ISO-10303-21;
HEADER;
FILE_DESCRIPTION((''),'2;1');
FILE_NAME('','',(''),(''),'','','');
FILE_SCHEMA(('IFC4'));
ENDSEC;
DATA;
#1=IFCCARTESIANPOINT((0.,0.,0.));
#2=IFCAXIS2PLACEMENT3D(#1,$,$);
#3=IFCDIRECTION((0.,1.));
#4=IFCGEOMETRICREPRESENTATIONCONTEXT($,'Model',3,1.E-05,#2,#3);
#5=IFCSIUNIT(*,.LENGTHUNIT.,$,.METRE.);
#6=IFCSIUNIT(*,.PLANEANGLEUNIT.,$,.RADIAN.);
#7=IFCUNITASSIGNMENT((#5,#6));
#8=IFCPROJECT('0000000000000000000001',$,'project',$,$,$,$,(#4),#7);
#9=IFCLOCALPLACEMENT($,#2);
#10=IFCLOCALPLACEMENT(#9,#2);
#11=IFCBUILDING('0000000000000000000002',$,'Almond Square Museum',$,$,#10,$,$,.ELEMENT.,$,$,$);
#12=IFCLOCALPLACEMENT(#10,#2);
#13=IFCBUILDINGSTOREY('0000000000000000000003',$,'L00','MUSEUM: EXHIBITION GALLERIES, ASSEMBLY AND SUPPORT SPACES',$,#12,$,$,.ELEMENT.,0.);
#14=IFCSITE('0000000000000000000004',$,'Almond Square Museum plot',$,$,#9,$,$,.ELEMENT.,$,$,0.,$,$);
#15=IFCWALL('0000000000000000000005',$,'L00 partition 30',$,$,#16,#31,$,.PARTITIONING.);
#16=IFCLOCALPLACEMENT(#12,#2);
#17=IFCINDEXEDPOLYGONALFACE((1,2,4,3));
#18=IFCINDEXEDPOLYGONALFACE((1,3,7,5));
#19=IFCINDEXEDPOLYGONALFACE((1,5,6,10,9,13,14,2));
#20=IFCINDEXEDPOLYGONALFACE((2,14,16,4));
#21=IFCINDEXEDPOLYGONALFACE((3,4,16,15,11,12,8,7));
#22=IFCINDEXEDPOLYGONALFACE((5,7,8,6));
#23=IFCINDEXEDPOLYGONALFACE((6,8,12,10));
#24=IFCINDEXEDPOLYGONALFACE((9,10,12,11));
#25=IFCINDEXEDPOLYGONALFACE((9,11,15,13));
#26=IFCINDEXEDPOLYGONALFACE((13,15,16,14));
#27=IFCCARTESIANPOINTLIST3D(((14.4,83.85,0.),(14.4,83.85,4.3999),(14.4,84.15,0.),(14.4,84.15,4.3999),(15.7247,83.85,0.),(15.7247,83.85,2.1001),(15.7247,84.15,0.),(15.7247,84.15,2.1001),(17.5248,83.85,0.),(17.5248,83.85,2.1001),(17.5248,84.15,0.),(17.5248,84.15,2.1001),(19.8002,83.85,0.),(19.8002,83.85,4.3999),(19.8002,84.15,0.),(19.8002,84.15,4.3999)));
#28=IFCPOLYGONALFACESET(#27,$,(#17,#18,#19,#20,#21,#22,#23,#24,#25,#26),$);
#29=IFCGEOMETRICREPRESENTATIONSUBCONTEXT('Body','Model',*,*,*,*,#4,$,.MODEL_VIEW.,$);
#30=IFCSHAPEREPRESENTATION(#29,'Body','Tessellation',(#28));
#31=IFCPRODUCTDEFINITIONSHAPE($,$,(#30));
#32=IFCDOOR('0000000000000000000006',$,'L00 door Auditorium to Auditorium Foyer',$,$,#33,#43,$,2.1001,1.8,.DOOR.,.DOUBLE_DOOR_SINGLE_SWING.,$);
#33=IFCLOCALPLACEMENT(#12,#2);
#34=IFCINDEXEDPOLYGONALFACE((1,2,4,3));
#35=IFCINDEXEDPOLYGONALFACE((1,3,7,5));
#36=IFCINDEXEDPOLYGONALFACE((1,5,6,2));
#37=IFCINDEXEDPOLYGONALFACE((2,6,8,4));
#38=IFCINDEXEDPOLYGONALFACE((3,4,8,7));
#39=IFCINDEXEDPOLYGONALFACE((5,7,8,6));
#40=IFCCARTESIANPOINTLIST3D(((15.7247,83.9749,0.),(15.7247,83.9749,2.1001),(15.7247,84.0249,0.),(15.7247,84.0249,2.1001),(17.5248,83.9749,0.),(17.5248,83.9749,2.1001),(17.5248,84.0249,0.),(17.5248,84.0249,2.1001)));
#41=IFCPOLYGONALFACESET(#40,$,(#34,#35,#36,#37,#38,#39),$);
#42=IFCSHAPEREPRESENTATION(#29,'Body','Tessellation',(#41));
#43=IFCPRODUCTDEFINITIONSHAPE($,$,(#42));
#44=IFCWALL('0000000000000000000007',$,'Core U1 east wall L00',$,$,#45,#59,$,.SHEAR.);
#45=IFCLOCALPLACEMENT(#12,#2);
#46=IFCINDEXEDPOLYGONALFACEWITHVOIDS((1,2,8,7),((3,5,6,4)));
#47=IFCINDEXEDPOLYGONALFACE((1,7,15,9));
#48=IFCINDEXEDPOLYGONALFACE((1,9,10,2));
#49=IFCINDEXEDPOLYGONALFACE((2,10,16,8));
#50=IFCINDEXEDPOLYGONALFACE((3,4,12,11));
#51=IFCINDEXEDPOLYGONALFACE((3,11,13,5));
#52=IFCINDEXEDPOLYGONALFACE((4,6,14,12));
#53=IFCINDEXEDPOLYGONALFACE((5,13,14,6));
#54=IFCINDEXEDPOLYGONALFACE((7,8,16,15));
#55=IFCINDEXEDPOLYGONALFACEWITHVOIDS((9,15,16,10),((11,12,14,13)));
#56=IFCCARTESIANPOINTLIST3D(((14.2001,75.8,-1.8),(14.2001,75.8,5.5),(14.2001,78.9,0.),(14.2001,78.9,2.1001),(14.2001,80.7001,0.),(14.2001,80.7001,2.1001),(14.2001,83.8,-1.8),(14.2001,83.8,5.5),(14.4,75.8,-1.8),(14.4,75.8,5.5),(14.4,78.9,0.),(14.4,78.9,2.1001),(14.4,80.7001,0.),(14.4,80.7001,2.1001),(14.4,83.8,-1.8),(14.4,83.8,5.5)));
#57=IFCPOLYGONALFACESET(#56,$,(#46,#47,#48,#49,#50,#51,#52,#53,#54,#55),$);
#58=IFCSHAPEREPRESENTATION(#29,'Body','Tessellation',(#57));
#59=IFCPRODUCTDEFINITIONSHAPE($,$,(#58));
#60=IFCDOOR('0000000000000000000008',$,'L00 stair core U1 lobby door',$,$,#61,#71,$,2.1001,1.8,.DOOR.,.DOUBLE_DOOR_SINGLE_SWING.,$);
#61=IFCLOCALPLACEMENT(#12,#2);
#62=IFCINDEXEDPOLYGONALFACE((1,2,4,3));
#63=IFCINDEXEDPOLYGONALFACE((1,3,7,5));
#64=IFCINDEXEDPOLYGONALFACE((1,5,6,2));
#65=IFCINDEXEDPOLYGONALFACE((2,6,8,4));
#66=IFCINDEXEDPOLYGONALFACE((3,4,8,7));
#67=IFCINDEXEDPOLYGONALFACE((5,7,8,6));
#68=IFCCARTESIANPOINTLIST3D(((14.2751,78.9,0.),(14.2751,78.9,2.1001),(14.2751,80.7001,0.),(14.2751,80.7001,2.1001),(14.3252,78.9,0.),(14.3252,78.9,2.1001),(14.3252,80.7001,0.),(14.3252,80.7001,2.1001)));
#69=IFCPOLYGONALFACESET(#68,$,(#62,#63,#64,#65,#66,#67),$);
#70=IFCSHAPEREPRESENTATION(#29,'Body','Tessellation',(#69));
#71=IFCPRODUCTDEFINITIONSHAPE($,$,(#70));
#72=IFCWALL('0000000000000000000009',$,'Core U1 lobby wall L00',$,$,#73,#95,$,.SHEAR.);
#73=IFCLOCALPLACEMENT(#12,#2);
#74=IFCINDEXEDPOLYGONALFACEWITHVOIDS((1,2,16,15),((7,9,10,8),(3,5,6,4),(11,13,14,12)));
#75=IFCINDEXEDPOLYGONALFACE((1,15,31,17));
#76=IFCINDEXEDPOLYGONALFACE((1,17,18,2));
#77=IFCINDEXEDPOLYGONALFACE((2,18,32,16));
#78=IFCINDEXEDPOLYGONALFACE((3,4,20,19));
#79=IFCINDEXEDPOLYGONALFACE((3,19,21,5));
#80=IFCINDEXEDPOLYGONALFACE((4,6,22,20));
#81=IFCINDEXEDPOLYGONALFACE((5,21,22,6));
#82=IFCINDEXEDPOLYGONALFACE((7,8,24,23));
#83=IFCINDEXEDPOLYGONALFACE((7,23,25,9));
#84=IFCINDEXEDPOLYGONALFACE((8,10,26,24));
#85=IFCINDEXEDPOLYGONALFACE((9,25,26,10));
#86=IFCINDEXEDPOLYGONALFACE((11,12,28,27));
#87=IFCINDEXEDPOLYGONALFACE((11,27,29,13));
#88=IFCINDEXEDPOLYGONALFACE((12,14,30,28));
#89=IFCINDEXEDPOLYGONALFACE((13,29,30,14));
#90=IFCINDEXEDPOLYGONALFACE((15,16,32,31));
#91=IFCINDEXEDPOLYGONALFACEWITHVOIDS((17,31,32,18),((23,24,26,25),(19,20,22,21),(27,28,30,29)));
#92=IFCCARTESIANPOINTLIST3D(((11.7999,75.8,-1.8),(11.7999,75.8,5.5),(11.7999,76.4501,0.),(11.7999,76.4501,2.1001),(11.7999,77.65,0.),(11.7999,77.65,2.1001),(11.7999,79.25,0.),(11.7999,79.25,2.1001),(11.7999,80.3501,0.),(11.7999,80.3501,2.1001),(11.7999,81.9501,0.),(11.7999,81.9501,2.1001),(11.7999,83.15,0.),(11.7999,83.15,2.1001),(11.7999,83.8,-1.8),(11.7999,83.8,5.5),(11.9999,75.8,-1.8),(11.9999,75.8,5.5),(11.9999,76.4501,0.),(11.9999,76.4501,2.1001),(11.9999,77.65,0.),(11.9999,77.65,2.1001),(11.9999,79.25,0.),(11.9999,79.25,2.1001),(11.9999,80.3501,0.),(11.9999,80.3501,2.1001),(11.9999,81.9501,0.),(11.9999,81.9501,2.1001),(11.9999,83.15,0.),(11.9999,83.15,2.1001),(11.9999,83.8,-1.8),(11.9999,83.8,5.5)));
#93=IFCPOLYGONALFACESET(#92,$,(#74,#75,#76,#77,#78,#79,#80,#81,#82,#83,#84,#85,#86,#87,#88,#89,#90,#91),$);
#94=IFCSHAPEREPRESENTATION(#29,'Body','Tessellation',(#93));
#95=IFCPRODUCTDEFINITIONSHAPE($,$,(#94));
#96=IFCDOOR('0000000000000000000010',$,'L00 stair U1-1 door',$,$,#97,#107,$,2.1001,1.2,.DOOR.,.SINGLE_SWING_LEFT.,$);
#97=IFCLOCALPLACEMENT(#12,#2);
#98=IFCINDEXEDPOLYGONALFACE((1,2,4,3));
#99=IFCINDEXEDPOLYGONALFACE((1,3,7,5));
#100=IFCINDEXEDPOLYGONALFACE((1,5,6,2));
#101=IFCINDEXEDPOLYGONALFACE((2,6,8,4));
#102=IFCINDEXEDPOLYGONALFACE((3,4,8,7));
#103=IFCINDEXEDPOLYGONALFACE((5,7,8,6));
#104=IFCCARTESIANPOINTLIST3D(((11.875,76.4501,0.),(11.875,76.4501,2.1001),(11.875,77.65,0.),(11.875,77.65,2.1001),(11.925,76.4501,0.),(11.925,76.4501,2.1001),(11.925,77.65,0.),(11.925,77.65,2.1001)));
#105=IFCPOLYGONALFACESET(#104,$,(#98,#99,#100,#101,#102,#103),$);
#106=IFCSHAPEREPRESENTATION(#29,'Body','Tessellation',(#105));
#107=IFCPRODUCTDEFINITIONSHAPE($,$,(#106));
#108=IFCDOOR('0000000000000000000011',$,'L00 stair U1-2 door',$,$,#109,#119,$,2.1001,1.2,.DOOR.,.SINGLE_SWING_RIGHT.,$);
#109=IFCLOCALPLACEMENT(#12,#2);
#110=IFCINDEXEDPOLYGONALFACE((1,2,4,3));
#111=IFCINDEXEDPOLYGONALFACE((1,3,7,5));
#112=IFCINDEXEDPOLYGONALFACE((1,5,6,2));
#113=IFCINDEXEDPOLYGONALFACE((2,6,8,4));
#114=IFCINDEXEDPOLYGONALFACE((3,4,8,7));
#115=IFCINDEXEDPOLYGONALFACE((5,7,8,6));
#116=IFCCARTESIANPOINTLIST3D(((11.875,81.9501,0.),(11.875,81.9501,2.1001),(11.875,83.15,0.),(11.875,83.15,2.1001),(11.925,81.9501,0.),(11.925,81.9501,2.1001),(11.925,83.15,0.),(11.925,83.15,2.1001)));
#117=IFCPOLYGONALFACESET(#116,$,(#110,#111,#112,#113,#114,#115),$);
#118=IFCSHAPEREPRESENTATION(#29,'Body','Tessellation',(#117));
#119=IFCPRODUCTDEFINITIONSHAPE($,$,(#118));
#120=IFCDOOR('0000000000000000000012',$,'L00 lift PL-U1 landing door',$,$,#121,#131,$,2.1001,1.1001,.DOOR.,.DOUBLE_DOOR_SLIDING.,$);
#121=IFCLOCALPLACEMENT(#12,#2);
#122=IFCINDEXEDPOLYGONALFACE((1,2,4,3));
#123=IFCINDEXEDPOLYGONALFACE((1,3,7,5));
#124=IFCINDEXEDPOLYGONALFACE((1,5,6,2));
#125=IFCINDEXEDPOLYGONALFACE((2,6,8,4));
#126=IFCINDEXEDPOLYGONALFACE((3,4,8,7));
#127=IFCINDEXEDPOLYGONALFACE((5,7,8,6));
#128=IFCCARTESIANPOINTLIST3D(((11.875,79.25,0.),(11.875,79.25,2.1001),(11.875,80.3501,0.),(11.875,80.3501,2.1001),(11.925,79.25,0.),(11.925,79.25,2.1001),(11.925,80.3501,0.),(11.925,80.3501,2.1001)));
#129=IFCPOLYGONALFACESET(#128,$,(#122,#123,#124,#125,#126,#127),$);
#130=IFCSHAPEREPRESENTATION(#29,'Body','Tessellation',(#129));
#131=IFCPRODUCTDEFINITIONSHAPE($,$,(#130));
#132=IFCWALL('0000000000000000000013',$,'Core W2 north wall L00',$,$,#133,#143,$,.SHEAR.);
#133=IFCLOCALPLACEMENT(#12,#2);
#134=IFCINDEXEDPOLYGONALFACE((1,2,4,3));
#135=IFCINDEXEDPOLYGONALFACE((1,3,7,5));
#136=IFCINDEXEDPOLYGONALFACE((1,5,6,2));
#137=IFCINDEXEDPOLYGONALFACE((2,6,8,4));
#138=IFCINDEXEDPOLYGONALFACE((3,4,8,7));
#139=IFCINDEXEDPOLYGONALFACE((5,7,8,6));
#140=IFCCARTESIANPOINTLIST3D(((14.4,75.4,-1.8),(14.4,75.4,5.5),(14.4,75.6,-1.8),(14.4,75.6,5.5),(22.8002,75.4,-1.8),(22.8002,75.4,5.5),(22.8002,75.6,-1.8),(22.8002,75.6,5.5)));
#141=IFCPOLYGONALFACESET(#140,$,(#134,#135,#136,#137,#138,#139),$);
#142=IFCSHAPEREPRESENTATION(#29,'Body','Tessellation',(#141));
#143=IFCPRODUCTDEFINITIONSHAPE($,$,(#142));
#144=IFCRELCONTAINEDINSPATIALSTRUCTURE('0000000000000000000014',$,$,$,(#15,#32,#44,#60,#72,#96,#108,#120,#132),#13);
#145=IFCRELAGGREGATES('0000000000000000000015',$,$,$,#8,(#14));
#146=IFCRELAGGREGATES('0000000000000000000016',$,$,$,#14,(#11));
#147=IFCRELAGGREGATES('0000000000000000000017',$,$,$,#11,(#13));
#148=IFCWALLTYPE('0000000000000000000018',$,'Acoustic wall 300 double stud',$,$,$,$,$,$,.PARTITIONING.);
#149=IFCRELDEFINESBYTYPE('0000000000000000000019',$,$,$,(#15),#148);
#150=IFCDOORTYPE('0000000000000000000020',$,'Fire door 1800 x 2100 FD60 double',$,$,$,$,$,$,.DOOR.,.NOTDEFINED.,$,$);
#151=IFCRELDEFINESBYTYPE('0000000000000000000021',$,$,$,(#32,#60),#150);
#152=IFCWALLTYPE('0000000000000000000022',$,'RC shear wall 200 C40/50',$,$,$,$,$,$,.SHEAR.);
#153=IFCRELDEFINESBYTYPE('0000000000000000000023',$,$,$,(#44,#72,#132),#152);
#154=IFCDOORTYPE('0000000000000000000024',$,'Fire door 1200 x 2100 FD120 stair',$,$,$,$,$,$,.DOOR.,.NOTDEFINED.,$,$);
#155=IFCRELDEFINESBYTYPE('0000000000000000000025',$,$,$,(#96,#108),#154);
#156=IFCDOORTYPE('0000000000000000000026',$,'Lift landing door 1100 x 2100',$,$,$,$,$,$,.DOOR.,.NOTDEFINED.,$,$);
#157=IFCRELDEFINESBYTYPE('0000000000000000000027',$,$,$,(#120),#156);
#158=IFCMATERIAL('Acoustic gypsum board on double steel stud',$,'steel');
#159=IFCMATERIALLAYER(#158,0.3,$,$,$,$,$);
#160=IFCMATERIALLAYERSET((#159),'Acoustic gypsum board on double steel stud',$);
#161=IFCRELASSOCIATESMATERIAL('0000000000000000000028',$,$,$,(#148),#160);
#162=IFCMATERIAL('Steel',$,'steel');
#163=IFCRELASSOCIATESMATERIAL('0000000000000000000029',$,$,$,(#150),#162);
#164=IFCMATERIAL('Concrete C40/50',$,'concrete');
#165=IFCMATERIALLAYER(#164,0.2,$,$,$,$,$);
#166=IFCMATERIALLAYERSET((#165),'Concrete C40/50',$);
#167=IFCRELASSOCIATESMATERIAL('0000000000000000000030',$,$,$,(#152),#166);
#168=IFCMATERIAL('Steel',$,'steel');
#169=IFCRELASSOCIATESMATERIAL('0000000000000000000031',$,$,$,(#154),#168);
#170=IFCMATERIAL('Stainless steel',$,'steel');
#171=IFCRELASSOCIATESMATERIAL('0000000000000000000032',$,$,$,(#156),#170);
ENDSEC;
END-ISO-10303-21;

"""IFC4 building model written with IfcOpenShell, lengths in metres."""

from ifc_helpers import new_model, si_unit, direction, frame, frame_2d, origin, place, context, subcontext, project, spatial, rectangle, extrude, material, layer, layer_set, type_object, element, fill, save


model = new_model("IFC4")

# Units and contexts
model_context = context("Model", 3, precision=1e-05, world=origin(), true_north=direction((0.0, 1.0)))
body_context = subcontext(model_context, "Body", "Model", "MODEL_VIEW")
ifc_project = project(units=[si_unit("LENGTHUNIT", "METRE"), si_unit("PLANEANGLEUNIT", "RADIAN")], contexts=[model_context])

# Site, building, storey
site_placement = place(None, origin())
site = spatial("IfcSite", under=ifc_project, at=site_placement, Name="Almond Square Museum plot", CompositionType="ELEMENT", RefElevation=0.0)
building_placement = place(site_placement, origin())
building = spatial("IfcBuilding", under=site, at=building_placement, Name="Almond Square Museum", CompositionType="ELEMENT")
storey_placement = place(building_placement, origin())
storey = spatial("IfcBuildingStorey", under=building, at=storey_placement, Name="L00", Description="MUSEUM: EXHIBITION GALLERIES, ASSEMBLY AND SUPPORT SPACES", CompositionType="ELEMENT", Elevation=0.0)

# Walls, openings, doors
ifc_material_1 = material(Name="Acoustic gypsum board on double steel stud", Category="steel")
ifc_layer_1 = layer(ifc_material_1, 0.3)
ifc_layer_set_1 = layer_set([ifc_layer_1], Name="Acoustic gypsum board on double steel stud")
wall_type_1 = type_object("IfcWallType", Name="Acoustic wall 300 double stud", PredefinedType="PARTITIONING", material=ifc_layer_set_1)
wall_1_placement = place(storey_placement, frame((14.3999, 84.0, 0.0), z_axis=(0.0, 0.0, 1.0), x_axis=(1.0, 0.0, 0.0)))
wall_1 = element("IfcWall", 1, at=wall_1_placement, inside=storey, type_object=wall_type_1, Name="L00 partition 30", PredefinedType="PARTITIONING", context=body_context, shape_type="SweptSolid", body=[
    extrude(rectangle(XDim=5.4001, YDim=0.3, at=frame_2d((2.7002, 0.0))), origin(), (0.0, 0.0, 1.0), 4.3999),
])
opening_1_placement = place(wall_1_placement, frame((1.325, 0.0, 0.0)))
opening_1 = element("IfcOpeningElement", 2, at=opening_1_placement, cuts=wall_1, PredefinedType="OPENING", context=body_context, shape_type="SweptSolid", body=[
    extrude(rectangle(XDim=1.8, YDim=2.1001, at=frame_2d((0.8999, 1.05))), frame((0.0, 0.1599, 0.0), z_axis=(0.0, -1.0, 0.0), x_axis=(1.0, 0.0, 0.0)), (0.0, 0.0, 1.0), 0.3201),
])
ifc_material_2 = material(Name="Steel", Category="steel")
door_type_1 = type_object("IfcDoorType", Name="Fire door 1800 x 2100 FD60 double", OperationType="NOTDEFINED", PredefinedType="DOOR", material=ifc_material_2)
door_1_placement = place(opening_1_placement, origin())
door_1 = element("IfcDoor", 3, at=door_1_placement, inside=storey, type_object=door_type_1, Name="L00 door Auditorium to Auditorium Foyer", OperationType="DOUBLE_DOOR_SINGLE_SWING", OverallHeight=2.1001, OverallWidth=1.8, PredefinedType="DOOR", context=body_context, shape_type="SweptSolid", body=[
    extrude(rectangle(XDim=1.8, YDim=2.1001, at=frame_2d((0.8999, 1.05))), frame((0.0, 0.0249, 0.0), z_axis=(0.0, -1.0, 0.0), x_axis=(1.0, 0.0, 0.0)), (0.0, 0.0, 1.0), 0.05),
])
fill(opening_1, door_1)
ifc_material_3 = material(Name="Concrete C40/50", Category="concrete")
ifc_layer_2 = layer(ifc_material_3, 0.2)
ifc_layer_set_2 = layer_set([ifc_layer_2], Name="Concrete C40/50")
wall_type_2 = type_object("IfcWallType", Name="RC shear wall 200 C40/50", PredefinedType="SHEAR", material=ifc_layer_set_2)
wall_2_placement = place(storey_placement, frame((14.3, 75.8, -1.8), z_axis=(0.0, 0.0, 1.0), x_axis=(0.0, 1.0, 0.0)))
wall_2 = element("IfcWall", 4, at=wall_2_placement, inside=storey, type_object=wall_type_2, Name="Core U1 east wall L00", PredefinedType="SHEAR", context=body_context, shape_type="SweptSolid", body=[
    extrude(rectangle(XDim=8.0, YDim=0.2, at=frame_2d((4.0, 0.0))), origin(), (0.0, 0.0, 1.0), 7.3),
])
opening_2_placement = place(wall_2_placement, frame((3.1001, 0.0, 1.8)))
opening_2 = element("IfcOpeningElement", 5, at=opening_2_placement, cuts=wall_2, PredefinedType="OPENING", context=body_context, shape_type="SweptSolid", body=[
    extrude(rectangle(XDim=1.8, YDim=2.1001, at=frame_2d((0.8999, 1.05))), frame((0.0, 0.1099, 0.0), z_axis=(0.0, -1.0, 0.0), x_axis=(1.0, 0.0, 0.0)), (0.0, 0.0, 1.0), 0.22),
])
door_2_placement = place(opening_2_placement, origin())
door_2 = element("IfcDoor", 6, at=door_2_placement, inside=storey, type_object=door_type_1, Name="L00 stair core U1 lobby door", OperationType="DOUBLE_DOOR_SINGLE_SWING", OverallHeight=2.1001, OverallWidth=1.8, PredefinedType="DOOR", context=body_context, shape_type="SweptSolid", body=[
    extrude(rectangle(XDim=1.8, YDim=2.1001, at=frame_2d((0.8999, 1.05))), frame((0.0, 0.0249, 0.0), z_axis=(0.0, -1.0, 0.0), x_axis=(1.0, 0.0, 0.0)), (0.0, 0.0, 1.0), 0.05),
])
fill(opening_2, door_2)

# Wall, openings, doors
wall_3_placement = place(storey_placement, frame((11.8999, 75.8, -1.8), z_axis=(0.0, 0.0, 1.0), x_axis=(0.0, 1.0, 0.0)))
wall_3 = element("IfcWall", 7, at=wall_3_placement, inside=storey, type_object=wall_type_2, Name="Core U1 lobby wall L00", PredefinedType="SHEAR", context=body_context, shape_type="SweptSolid", body=[
    extrude(rectangle(XDim=8.0, YDim=0.2, at=frame_2d((4.0, 0.0))), origin(), (0.0, 0.0, 1.0), 7.3),
])
opening_3_placement = place(wall_3_placement, frame((0.6499, 0.0, 1.8)))
opening_3 = element("IfcOpeningElement", 8, at=opening_3_placement, cuts=wall_3, PredefinedType="OPENING", context=body_context, shape_type="SweptSolid", body=[
    extrude(rectangle(XDim=1.2, YDim=2.1001, at=frame_2d((0.6001, 1.05))), frame((0.0, 0.1099, 0.0), z_axis=(0.0, -1.0, 0.0), x_axis=(1.0, 0.0, 0.0)), (0.0, 0.0, 1.0), 0.22),
])
opening_4_placement = place(wall_3_placement, frame((6.1499, 0.0, 1.8)))
opening_4 = element("IfcOpeningElement", 9, at=opening_4_placement, cuts=wall_3, PredefinedType="OPENING", context=body_context, shape_type="SweptSolid", body=[
    extrude(rectangle(XDim=1.2, YDim=2.1001, at=frame_2d((0.6001, 1.05))), frame((0.0, 0.1099, 0.0), z_axis=(0.0, -1.0, 0.0), x_axis=(1.0, 0.0, 0.0)), (0.0, 0.0, 1.0), 0.22),
])
opening_5_placement = place(wall_3_placement, frame((3.45, 0.0, 1.8)))
opening_5 = element("IfcOpeningElement", 10, at=opening_5_placement, cuts=wall_3, PredefinedType="OPENING", context=body_context, shape_type="SweptSolid", body=[
    extrude(rectangle(XDim=1.1001, YDim=2.1001, at=frame_2d((0.55, 1.05))), frame((0.0, 0.1099, 0.0), z_axis=(0.0, -1.0, 0.0), x_axis=(1.0, 0.0, 0.0)), (0.0, 0.0, 1.0), 0.22),
])
ifc_material_4 = material(Name="Steel", Category="steel")
door_type_2 = type_object("IfcDoorType", Name="Fire door 1200 x 2100 FD120 stair", OperationType="NOTDEFINED", PredefinedType="DOOR", material=ifc_material_4)
door_3_placement = place(opening_3_placement, origin())
door_3 = element("IfcDoor", 11, at=door_3_placement, inside=storey, type_object=door_type_2, Name="L00 stair U1-1 door", OperationType="SINGLE_SWING_LEFT", OverallHeight=2.1001, OverallWidth=1.2, PredefinedType="DOOR", context=body_context, shape_type="SweptSolid", body=[
    extrude(rectangle(XDim=1.2, YDim=2.1001, at=frame_2d((0.6001, 1.05))), frame((0.0, 0.0249, 0.0), z_axis=(0.0, -1.0, 0.0), x_axis=(1.0, 0.0, 0.0)), (0.0, 0.0, 1.0), 0.05),
])
fill(opening_3, door_3)
door_4_placement = place(opening_4_placement, origin())
door_4 = element("IfcDoor", 12, at=door_4_placement, inside=storey, type_object=door_type_2, Name="L00 stair U1-2 door", OperationType="SINGLE_SWING_RIGHT", OverallHeight=2.1001, OverallWidth=1.2, PredefinedType="DOOR", context=body_context, shape_type="SweptSolid", body=[
    extrude(rectangle(XDim=1.2, YDim=2.1001, at=frame_2d((0.6001, 1.05))), frame((0.0, 0.0249, 0.0), z_axis=(0.0, -1.0, 0.0), x_axis=(1.0, 0.0, 0.0)), (0.0, 0.0, 1.0), 0.05),
])
fill(opening_4, door_4)
ifc_material_5 = material(Name="Stainless steel", Category="steel")
door_type_3 = type_object("IfcDoorType", Name="Lift landing door 1100 x 2100", OperationType="NOTDEFINED", PredefinedType="DOOR", material=ifc_material_5)
door_5_placement = place(opening_5_placement, origin())
door_5 = element("IfcDoor", 13, at=door_5_placement, inside=storey, type_object=door_type_3, Name="L00 lift PL-U1 landing door", OperationType="DOUBLE_DOOR_SLIDING", OverallHeight=2.1001, OverallWidth=1.1001, PredefinedType="DOOR", context=body_context, shape_type="SweptSolid", body=[
    extrude(rectangle(XDim=1.1001, YDim=2.1001, at=frame_2d((0.55, 1.05))), frame((0.0, 0.0249, 0.0), z_axis=(0.0, -1.0, 0.0), x_axis=(1.0, 0.0, 0.0)), (0.0, 0.0, 1.0), 0.05),
])
fill(opening_5, door_5)

# Wall
wall_4_placement = place(storey_placement, frame((14.3999, 75.5, -1.8), z_axis=(0.0, 0.0, 1.0), x_axis=(1.0, 0.0, 0.0)))
element("IfcWall", 14, at=wall_4_placement, inside=storey, type_object=wall_type_2, Name="Core W2 north wall L00", PredefinedType="SHEAR", context=body_context, shape_type="SweptSolid", body=[
    extrude(rectangle(XDim=8.4001, YDim=0.2, at=frame_2d((4.2002, 0.0))), origin(), (0.0, 0.0, 1.0), 7.3),
])

save(model, "model.ifc")
